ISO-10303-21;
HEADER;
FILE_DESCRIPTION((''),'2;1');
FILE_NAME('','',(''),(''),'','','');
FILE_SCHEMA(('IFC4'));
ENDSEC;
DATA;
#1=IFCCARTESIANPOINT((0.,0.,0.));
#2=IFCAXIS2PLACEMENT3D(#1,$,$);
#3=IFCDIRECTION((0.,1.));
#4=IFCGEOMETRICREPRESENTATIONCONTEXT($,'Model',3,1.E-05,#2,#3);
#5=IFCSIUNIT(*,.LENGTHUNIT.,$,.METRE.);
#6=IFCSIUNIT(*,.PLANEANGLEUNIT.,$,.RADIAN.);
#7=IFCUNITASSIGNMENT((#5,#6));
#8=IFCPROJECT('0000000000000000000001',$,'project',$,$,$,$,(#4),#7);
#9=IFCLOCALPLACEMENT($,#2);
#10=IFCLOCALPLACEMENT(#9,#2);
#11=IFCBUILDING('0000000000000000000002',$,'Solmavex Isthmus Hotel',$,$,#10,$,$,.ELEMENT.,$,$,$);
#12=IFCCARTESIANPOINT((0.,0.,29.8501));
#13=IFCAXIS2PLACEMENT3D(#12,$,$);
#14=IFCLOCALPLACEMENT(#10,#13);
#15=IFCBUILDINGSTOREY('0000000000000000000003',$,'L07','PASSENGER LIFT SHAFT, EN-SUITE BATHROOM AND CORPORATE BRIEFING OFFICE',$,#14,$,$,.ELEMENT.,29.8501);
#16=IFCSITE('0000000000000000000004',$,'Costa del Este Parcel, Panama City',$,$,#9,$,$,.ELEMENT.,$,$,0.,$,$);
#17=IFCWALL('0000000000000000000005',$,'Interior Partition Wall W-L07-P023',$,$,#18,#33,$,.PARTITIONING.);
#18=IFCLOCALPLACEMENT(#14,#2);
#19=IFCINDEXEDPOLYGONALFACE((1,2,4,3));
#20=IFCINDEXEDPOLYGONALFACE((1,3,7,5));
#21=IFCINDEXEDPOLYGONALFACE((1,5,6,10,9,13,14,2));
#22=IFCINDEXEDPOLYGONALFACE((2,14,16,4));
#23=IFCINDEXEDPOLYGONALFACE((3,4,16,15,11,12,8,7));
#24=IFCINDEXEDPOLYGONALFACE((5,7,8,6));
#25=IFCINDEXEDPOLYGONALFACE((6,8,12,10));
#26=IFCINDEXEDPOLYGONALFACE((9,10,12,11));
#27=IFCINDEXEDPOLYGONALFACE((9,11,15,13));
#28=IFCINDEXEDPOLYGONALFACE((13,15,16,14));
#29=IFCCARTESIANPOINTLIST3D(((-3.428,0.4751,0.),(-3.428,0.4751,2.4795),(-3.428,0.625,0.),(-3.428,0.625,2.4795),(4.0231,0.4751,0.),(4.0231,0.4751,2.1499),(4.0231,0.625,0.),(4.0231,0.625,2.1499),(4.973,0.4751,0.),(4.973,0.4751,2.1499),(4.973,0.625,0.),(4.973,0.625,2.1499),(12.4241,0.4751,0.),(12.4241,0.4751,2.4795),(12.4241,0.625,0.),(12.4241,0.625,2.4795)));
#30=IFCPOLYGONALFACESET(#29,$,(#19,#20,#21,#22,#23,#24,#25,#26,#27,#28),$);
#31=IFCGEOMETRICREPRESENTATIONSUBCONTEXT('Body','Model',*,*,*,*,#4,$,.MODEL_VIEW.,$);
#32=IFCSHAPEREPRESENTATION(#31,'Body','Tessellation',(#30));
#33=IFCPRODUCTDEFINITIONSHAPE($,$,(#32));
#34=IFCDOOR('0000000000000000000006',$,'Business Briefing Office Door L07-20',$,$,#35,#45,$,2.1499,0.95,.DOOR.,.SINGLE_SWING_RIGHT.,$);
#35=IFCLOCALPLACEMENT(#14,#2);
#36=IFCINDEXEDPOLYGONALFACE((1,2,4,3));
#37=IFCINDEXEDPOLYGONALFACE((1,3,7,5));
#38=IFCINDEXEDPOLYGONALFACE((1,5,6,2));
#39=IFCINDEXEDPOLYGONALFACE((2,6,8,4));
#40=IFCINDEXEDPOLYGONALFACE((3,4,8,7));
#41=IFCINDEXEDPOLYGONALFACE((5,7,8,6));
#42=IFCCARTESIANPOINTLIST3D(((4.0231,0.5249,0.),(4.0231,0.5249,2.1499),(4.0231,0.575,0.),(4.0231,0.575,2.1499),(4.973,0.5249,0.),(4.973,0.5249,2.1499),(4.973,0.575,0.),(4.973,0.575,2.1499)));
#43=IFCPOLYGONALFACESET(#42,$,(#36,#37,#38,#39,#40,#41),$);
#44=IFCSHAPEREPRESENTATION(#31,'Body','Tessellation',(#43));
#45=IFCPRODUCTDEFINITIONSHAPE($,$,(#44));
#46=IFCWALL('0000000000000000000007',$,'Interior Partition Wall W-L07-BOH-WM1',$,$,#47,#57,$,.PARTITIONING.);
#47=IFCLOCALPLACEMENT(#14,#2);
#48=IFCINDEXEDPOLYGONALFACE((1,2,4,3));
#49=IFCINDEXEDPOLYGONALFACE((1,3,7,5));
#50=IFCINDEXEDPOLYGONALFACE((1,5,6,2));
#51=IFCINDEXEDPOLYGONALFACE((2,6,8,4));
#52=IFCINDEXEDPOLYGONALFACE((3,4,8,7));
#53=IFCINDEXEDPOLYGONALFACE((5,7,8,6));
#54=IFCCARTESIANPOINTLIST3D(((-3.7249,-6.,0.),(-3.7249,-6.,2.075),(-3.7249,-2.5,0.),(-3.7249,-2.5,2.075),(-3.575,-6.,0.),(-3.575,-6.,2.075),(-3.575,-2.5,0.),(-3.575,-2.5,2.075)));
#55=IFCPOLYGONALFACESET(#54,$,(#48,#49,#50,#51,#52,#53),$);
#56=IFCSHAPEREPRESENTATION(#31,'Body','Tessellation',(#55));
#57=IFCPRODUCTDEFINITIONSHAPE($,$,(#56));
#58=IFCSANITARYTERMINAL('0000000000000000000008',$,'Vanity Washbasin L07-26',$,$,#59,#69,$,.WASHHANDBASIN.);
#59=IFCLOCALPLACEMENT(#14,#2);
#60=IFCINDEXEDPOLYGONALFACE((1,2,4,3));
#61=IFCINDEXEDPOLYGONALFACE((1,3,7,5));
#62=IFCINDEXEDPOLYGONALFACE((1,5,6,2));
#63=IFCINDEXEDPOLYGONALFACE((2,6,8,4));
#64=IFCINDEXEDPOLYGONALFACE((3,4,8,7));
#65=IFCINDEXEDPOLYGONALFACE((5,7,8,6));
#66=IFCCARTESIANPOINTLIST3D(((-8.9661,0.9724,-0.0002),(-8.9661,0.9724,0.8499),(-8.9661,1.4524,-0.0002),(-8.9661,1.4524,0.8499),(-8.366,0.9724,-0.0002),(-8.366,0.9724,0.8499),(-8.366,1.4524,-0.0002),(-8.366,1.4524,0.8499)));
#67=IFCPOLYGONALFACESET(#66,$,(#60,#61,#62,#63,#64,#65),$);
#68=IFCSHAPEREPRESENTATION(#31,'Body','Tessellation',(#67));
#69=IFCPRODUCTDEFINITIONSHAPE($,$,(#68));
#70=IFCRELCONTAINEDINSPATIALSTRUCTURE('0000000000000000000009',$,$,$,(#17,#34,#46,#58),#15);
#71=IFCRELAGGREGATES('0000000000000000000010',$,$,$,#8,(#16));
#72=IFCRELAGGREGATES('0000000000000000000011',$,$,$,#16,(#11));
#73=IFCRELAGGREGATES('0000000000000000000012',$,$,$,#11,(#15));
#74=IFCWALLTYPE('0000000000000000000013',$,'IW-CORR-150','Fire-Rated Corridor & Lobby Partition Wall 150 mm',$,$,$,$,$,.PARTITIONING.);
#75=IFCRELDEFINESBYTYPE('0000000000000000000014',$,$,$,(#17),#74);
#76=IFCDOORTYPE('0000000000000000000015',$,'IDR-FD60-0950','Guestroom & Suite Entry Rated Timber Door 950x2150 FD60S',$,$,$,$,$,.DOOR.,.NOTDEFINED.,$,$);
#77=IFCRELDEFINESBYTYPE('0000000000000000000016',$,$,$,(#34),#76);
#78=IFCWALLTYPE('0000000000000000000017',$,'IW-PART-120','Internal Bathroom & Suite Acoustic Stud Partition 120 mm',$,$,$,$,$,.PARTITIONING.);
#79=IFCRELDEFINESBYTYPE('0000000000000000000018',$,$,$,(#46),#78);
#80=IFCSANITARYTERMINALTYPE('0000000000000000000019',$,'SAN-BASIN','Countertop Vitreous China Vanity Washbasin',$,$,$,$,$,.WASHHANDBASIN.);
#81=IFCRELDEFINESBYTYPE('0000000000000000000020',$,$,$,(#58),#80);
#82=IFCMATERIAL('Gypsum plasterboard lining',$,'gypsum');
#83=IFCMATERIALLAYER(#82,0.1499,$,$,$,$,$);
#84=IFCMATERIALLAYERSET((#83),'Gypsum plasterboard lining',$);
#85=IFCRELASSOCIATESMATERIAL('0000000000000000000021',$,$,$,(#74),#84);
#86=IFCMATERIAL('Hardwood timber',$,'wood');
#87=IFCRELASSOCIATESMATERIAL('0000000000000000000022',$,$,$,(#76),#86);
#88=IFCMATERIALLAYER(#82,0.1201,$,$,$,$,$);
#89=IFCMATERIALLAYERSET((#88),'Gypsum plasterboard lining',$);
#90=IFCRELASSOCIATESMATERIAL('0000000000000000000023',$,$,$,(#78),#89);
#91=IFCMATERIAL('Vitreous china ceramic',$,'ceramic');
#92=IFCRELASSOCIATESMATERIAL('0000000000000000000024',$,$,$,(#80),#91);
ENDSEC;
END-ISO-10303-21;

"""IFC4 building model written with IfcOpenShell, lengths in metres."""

from ifc_helpers import new_model, si_unit, direction, frame, frame_2d, origin, origin_2d, place, context, subcontext, project, spatial, rectangle, extrude, material, layer, layer_set, type_object, element, fill, save


model = new_model("IFC4")

# Units and contexts
model_context = context("Model", 3, precision=1e-05, world=origin(), true_north=direction((0.0, 1.0)))
body_context = subcontext(model_context, "Body", "Model", "MODEL_VIEW")
ifc_project = project(units=[si_unit("LENGTHUNIT", "METRE"), si_unit("PLANEANGLEUNIT", "RADIAN")], contexts=[model_context])

# Site, building, storey
site_placement = place(None, origin())
site = spatial("IfcSite", under=ifc_project, at=site_placement, Name="Costa del Este Parcel, Panama City", CompositionType="ELEMENT", RefElevation=0.0)
building_placement = place(site_placement, origin())
building = spatial("IfcBuilding", under=site, at=building_placement, Name="Solmavex Isthmus Hotel", CompositionType="ELEMENT")
storey_placement = place(building_placement, frame((0.0, 0.0, 29.8501)))
storey = spatial("IfcBuildingStorey", under=building, at=storey_placement, Name="L07", Description="PASSENGER LIFT SHAFT, EN-SUITE BATHROOM AND CORPORATE BRIEFING OFFICE", CompositionType="ELEMENT", Elevation=29.8501)

# Shared definitions
ifc_material_1 = material(Name="Gypsum plasterboard lining", Category="gypsum")
ifc_layer_1 = layer(ifc_material_1, 0.1499)
ifc_layer_set_1 = layer_set([ifc_layer_1], Name="Gypsum plasterboard lining")
wall_type_1 = type_object("IfcWallType", Name="IW-CORR-150", Description="Fire-Rated Corridor & Lobby Partition Wall 150 mm", PredefinedType="PARTITIONING", material=ifc_layer_set_1)
ifc_material_2 = material(Name="Hardwood timber", Category="wood")
door_type_1 = type_object("IfcDoorType", Name="IDR-FD60-0950", Description="Guestroom & Suite Entry Rated Timber Door 950x2150 FD60S", OperationType="NOTDEFINED", PredefinedType="DOOR", material=ifc_material_2)

# Wall, opening, door
wall_1_placement = place(storey_placement, frame((-3.428, 0.55, 0.0), z_axis=(0.0, 0.0, 1.0), x_axis=(1.0, 0.0, 0.0)))
wall_1 = element("IfcWall", 1, at=wall_1_placement, inside=storey, type_object=wall_type_1, Name="Interior Partition Wall W-L07-P023", PredefinedType="PARTITIONING", context=body_context, shape_type="SweptSolid", body=[
    extrude(rectangle(XDim=15.8521, YDim=0.1499, at=frame_2d((7.926, 0.0))), origin(), (0.0, 0.0, 1.0), 2.4795),
])
opening_1_placement = place(wall_1_placement, frame((7.4509, 0.0, 0.0)))
opening_1 = element("IfcOpeningElement", 2, at=opening_1_placement, cuts=wall_1, PredefinedType="OPENING", context=body_context, shape_type="SweptSolid", body=[
    extrude(rectangle(XDim=0.95, YDim=2.1499, at=frame_2d((0.4751, 1.075))), frame((0.0, 0.085, 0.0), z_axis=(0.0, -1.0, 0.0), x_axis=(1.0, 0.0, 0.0)), (0.0, 0.0, 1.0), 0.1699),
])
door_1_placement = place(opening_1_placement, origin())
door_1 = element("IfcDoor", 3, at=door_1_placement, inside=storey, type_object=door_type_1, Name="Business Briefing Office Door L07-20", OperationType="SINGLE_SWING_RIGHT", OverallHeight=2.1499, OverallWidth=0.95, PredefinedType="DOOR", context=body_context, shape_type="SweptSolid", body=[
    extrude(rectangle(XDim=0.95, YDim=2.1499, at=frame_2d((0.4751, 1.075))), frame((0.0, 0.0249, 0.0), z_axis=(0.0, -1.0, 0.0), x_axis=(1.0, 0.0, 0.0)), (0.0, 0.0, 1.0), 0.05),
])
fill(opening_1, door_1)

# Wall
ifc_layer_2 = layer(ifc_material_1, 0.1201)
ifc_layer_set_2 = layer_set([ifc_layer_2], Name="Gypsum plasterboard lining")
wall_type_2 = type_object("IfcWallType", Name="IW-PART-120", Description="Internal Bathroom & Suite Acoustic Stud Partition 120 mm", PredefinedType="PARTITIONING", material=ifc_layer_set_2)
wall_2_placement = place(storey_placement, frame((-3.6499, -6.0, 0.0), z_axis=(0.0, 0.0, 1.0), x_axis=(0.0, 1.0, 0.0)))
element("IfcWall", 4, at=wall_2_placement, inside=storey, type_object=wall_type_2, Name="Interior Partition Wall W-L07-BOH-WM1", PredefinedType="PARTITIONING", context=body_context, shape_type="SweptSolid", body=[
    extrude(rectangle(XDim=3.5, YDim=0.1499, at=frame_2d((1.75, 0.0))), origin(), (0.0, 0.0, 1.0), 2.075),
])

# Sanitary terminal
ifc_material_3 = material(Name="Vitreous china ceramic", Category="ceramic")
sanitary_terminal_type = type_object("IfcSanitaryTerminalType", Name="SAN-BASIN", Description="Countertop Vitreous China Vanity Washbasin", PredefinedType="WASHHANDBASIN", material=ifc_material_3)
sanitary_terminal_placement = place(storey_placement, frame((-8.666, 1.2124, -0.0002), z_axis=(0.0, 0.0, 1.0), x_axis=(1.0, 0.0, 0.0)))
element("IfcSanitaryTerminal", 5, at=sanitary_terminal_placement, inside=storey, type_object=sanitary_terminal_type, Name="Vanity Washbasin L07-26", PredefinedType="WASHHANDBASIN", context=body_context, shape_type="SweptSolid", body=[
    extrude(rectangle(XDim=0.6001, YDim=0.48, at=origin_2d()), origin(), (0.0, 0.0, 1.0), 0.8501),
])

save(model, "model.ifc")
